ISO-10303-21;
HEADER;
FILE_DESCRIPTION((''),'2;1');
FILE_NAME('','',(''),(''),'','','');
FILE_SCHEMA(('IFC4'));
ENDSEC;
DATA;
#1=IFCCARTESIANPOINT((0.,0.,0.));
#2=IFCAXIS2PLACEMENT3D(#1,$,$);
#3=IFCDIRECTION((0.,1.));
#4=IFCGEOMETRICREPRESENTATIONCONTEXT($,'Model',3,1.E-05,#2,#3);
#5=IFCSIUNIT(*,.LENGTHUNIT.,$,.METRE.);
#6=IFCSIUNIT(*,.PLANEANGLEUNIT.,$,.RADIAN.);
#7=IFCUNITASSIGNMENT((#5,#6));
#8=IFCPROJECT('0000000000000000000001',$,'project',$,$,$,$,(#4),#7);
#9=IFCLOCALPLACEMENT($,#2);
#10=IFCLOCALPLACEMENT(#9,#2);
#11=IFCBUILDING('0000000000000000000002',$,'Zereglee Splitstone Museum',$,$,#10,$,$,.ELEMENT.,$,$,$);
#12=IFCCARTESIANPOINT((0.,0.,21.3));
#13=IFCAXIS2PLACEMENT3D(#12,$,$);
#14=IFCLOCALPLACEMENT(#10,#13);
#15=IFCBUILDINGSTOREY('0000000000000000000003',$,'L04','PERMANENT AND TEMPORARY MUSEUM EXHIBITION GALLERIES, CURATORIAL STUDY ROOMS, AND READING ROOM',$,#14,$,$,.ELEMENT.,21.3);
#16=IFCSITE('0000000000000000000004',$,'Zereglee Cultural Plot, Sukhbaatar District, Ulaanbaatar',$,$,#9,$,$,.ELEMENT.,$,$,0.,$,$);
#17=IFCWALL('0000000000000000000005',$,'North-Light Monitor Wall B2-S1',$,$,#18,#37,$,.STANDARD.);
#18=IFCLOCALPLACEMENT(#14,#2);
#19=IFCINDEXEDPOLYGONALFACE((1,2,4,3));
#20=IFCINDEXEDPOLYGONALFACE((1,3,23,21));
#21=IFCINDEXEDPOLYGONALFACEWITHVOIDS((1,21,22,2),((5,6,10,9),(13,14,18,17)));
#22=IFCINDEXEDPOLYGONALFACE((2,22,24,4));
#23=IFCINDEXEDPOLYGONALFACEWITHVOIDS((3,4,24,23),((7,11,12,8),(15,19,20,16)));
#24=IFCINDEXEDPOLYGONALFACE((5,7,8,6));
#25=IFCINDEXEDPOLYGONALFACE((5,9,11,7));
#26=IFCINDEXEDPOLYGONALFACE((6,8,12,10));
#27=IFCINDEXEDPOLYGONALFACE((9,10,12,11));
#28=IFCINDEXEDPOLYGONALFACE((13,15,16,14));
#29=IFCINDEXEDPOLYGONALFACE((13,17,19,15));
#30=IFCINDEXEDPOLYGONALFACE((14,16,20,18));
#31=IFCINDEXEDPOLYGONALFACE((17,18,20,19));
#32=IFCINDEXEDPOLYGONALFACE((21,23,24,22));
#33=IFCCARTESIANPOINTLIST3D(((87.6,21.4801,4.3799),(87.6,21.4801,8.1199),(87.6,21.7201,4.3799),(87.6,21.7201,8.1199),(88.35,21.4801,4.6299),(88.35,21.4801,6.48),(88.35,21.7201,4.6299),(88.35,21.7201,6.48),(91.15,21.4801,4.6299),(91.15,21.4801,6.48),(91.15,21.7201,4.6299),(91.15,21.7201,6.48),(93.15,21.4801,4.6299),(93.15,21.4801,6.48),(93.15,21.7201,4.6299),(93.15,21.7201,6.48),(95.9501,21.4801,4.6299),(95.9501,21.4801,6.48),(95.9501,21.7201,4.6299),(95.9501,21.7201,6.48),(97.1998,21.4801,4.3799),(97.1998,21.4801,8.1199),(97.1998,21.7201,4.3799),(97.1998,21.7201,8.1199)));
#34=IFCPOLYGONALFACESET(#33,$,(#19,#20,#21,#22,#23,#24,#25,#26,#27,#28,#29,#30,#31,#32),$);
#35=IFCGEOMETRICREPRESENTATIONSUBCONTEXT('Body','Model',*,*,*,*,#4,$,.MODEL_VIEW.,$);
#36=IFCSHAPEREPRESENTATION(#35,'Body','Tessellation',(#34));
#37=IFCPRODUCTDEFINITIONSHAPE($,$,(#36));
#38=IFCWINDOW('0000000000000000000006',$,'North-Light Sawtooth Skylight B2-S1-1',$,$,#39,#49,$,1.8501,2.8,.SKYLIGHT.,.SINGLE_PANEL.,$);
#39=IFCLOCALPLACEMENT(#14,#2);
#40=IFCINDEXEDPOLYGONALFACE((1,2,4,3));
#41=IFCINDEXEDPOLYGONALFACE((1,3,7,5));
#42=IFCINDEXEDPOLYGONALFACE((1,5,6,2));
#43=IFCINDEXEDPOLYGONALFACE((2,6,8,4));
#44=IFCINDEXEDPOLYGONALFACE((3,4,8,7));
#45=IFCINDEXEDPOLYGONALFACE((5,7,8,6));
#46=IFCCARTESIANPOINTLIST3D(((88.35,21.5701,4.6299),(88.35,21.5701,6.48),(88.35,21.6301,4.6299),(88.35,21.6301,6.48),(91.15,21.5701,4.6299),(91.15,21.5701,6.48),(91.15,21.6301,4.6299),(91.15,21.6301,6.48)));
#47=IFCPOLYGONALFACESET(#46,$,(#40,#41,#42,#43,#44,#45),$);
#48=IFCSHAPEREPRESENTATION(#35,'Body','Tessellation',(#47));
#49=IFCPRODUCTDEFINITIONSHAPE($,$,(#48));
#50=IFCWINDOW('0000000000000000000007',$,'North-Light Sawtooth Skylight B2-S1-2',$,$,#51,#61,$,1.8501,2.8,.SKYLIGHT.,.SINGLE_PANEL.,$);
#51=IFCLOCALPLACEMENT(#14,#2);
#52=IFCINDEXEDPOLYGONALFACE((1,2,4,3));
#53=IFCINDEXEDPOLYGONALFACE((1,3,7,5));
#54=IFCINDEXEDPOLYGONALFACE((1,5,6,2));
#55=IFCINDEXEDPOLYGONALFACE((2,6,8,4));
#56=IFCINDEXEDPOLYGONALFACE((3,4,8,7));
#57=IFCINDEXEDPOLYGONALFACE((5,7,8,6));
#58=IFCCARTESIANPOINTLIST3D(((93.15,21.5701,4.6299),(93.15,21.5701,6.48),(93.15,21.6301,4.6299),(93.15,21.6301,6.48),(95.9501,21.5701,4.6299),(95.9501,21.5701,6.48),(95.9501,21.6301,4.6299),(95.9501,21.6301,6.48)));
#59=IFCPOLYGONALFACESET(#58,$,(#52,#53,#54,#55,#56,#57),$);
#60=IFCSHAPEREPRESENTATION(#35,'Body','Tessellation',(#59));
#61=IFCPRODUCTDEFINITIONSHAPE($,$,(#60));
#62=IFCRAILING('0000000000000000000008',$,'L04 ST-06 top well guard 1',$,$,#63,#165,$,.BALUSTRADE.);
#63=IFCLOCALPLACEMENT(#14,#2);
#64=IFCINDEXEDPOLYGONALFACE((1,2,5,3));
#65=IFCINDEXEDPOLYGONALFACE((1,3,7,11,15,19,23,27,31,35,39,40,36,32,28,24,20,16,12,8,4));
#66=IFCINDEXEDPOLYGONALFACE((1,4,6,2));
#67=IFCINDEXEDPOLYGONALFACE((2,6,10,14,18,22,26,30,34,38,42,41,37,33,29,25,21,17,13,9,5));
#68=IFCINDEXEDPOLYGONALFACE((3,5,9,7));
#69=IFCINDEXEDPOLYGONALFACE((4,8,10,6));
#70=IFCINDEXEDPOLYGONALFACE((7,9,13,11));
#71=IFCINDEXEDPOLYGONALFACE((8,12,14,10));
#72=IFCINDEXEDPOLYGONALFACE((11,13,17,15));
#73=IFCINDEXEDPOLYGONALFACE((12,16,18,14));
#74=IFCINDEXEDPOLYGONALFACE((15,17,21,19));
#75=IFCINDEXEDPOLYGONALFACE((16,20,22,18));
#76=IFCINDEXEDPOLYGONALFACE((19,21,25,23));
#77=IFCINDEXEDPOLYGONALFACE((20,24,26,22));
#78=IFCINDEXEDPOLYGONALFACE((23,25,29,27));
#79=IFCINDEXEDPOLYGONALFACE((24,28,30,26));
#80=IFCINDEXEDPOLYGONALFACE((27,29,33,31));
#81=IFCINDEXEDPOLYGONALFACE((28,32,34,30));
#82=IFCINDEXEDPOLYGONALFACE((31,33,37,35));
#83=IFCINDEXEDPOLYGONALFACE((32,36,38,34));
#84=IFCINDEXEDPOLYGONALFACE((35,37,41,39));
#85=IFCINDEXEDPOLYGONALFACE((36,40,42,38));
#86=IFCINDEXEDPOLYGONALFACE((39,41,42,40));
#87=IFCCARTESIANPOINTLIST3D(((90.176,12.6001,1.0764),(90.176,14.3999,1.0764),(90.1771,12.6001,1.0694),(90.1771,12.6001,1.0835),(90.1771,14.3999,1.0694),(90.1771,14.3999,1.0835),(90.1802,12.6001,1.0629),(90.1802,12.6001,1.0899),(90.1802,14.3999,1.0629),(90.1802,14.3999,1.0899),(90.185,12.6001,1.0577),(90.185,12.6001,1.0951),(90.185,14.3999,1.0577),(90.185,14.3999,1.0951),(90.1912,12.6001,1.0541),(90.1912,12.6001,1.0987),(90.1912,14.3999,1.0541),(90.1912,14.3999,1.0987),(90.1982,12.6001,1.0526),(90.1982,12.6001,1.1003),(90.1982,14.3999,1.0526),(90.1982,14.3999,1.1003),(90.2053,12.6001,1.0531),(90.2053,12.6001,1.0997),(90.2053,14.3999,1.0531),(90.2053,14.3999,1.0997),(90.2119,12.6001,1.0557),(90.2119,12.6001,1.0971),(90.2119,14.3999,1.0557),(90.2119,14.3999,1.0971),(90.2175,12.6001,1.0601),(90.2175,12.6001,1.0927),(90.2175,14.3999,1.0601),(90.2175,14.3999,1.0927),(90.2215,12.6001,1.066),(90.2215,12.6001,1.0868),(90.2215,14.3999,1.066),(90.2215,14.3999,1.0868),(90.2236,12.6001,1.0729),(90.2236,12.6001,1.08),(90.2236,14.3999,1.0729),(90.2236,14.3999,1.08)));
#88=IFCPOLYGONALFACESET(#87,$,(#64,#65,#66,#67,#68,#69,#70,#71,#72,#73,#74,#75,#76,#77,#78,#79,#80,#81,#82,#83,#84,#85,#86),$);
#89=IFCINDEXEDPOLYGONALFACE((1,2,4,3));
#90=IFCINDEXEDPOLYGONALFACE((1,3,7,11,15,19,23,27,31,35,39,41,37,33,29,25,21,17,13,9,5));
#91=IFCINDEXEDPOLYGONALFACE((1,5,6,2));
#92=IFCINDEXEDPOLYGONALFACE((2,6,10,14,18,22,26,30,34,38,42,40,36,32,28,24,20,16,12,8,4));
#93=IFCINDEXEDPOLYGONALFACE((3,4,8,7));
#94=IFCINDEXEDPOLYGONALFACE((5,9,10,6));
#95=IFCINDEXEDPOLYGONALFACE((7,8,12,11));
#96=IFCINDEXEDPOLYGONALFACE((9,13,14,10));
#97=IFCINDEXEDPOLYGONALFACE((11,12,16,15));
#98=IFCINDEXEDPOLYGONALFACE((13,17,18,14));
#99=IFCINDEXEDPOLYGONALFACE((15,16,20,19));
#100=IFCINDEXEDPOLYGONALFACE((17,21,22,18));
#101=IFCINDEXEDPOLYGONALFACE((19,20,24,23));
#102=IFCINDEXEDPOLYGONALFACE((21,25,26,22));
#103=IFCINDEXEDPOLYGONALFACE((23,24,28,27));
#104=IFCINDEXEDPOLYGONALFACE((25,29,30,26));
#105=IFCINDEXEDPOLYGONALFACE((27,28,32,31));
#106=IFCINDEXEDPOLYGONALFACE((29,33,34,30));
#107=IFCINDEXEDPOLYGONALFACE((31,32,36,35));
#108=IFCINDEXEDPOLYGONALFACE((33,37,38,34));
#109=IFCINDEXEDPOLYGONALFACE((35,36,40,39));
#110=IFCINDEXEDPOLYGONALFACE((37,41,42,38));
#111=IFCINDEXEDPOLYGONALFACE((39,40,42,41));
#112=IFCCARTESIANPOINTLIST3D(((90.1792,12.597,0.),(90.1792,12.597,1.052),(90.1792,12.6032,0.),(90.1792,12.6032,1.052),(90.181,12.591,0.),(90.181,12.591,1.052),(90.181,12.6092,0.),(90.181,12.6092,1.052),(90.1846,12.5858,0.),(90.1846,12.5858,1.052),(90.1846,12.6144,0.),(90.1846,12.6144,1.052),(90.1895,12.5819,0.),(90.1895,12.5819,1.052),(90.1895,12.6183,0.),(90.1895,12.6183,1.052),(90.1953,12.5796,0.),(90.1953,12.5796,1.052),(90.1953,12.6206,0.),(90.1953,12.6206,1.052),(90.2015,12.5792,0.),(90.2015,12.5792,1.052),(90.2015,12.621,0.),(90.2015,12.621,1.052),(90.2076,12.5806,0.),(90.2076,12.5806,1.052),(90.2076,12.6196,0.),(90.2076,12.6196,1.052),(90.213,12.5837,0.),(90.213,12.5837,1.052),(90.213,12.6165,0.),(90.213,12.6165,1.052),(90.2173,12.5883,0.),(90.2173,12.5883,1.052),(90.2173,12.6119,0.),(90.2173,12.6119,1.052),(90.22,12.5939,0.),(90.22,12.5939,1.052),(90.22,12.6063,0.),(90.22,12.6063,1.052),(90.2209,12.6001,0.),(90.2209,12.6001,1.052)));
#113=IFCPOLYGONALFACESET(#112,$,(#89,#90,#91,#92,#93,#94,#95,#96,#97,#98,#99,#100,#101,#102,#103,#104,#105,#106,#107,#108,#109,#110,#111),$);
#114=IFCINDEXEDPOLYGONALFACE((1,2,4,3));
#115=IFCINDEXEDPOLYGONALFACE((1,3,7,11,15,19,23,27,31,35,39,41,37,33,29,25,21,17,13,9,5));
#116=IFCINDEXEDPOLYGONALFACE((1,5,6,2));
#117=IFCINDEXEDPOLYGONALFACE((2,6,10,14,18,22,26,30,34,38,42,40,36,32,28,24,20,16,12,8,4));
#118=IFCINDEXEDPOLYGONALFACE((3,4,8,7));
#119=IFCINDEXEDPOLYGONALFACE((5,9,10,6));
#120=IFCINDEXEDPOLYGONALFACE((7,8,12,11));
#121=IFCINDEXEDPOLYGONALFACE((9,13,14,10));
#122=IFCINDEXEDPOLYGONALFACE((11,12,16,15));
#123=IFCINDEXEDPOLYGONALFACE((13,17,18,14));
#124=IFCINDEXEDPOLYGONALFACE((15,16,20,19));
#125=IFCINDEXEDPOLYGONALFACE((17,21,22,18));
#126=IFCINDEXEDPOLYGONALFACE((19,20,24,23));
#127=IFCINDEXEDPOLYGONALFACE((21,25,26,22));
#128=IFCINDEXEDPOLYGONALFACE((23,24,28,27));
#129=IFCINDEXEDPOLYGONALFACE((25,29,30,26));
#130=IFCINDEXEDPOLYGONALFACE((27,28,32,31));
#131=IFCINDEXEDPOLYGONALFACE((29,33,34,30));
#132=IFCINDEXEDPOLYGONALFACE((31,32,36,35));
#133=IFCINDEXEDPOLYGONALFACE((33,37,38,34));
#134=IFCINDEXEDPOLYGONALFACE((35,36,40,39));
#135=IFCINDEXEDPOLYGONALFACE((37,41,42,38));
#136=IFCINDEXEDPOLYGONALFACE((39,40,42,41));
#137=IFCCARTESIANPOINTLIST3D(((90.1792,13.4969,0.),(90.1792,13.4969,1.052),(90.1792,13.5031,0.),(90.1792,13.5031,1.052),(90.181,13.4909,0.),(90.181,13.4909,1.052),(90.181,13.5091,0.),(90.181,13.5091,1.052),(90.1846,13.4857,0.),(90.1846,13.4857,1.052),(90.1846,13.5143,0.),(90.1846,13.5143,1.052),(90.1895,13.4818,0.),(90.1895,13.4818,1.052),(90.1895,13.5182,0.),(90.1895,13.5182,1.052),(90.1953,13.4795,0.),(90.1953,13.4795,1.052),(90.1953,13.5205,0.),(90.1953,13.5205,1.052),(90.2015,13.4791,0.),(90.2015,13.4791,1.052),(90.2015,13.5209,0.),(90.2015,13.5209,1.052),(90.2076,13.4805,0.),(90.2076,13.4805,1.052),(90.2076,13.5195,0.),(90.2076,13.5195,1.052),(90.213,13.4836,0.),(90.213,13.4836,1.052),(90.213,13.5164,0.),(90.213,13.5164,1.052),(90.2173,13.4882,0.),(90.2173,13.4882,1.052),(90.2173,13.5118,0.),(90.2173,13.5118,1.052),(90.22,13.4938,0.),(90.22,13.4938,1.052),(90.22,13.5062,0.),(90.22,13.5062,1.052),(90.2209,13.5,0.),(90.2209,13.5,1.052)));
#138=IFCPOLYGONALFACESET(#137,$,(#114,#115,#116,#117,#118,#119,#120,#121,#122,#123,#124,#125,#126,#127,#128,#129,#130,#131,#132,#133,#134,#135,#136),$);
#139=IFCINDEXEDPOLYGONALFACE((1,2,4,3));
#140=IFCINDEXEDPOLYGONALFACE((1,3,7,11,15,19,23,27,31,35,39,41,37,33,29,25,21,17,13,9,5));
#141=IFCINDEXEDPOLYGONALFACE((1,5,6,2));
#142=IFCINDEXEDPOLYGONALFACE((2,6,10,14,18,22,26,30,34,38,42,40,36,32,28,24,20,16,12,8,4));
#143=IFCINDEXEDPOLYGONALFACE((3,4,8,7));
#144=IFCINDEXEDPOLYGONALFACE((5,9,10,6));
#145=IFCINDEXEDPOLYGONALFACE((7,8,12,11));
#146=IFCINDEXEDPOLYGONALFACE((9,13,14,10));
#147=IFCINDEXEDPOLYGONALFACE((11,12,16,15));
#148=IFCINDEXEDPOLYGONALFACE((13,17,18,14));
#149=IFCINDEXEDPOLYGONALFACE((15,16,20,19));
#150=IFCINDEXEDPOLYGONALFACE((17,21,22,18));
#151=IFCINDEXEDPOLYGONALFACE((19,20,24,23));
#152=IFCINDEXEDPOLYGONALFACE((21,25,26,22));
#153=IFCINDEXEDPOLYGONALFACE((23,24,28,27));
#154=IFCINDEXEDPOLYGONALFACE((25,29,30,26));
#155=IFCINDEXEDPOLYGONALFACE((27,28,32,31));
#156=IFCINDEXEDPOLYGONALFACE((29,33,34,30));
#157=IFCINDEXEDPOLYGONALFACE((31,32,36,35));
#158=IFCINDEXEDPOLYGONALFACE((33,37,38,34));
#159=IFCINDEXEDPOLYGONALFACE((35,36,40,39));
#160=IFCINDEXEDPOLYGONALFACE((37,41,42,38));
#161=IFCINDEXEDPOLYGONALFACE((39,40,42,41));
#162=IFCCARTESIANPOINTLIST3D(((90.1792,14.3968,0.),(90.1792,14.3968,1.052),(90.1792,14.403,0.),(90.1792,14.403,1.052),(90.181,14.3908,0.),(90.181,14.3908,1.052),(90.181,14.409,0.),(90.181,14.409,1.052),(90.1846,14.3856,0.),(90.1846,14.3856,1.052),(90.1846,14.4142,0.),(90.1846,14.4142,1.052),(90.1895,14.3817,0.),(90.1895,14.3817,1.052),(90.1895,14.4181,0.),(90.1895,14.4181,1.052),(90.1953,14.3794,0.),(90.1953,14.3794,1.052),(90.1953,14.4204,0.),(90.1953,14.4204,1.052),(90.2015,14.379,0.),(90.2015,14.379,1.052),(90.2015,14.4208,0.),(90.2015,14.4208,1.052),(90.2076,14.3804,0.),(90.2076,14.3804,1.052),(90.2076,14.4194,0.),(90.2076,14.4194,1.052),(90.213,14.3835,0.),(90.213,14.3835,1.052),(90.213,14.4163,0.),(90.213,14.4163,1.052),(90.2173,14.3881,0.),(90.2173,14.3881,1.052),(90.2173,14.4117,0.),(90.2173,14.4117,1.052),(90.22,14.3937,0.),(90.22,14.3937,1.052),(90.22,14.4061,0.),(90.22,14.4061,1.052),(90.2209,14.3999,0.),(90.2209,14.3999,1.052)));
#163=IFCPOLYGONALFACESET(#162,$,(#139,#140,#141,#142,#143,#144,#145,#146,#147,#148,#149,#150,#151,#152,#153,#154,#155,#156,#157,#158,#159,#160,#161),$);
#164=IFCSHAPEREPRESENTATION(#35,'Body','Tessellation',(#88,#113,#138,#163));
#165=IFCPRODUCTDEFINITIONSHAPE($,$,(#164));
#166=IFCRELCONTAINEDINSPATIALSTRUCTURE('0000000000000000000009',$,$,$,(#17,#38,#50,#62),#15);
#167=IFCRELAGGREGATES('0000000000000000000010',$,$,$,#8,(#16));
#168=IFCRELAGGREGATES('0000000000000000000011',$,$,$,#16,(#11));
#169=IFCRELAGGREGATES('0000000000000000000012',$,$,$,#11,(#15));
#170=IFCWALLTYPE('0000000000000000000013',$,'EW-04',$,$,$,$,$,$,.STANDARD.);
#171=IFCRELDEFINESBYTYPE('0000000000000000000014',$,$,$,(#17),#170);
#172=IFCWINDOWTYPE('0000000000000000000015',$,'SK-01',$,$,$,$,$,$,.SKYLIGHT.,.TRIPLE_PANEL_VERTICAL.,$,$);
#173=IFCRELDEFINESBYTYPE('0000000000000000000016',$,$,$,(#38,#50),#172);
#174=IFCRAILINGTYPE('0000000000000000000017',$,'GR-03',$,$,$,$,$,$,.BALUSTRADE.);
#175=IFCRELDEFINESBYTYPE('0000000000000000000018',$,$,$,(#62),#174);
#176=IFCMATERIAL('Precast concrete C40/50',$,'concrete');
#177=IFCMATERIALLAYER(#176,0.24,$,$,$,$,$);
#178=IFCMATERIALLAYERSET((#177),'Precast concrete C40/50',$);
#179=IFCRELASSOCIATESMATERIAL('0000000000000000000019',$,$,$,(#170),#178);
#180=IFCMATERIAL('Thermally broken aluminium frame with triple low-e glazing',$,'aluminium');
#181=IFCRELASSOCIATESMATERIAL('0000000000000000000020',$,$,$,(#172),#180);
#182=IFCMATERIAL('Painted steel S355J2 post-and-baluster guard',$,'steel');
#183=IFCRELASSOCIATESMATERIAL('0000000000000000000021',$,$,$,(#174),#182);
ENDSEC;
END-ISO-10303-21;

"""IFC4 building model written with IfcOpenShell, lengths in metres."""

from ifc_helpers import new_model, si_unit, direction, frame, frame_2d, origin, origin_2d, place, context, subcontext, project, spatial, rectangle, circle, extrude, material, layer, layer_set, type_object, element, fill, save


model = new_model("IFC4")

# Units and contexts
model_context = context("Model", 3, precision=1e-05, world=origin(), true_north=direction((0.0, 1.0)))
body_context = subcontext(model_context, "Body", "Model", "MODEL_VIEW")
ifc_project = project(units=[si_unit("LENGTHUNIT", "METRE"), si_unit("PLANEANGLEUNIT", "RADIAN")], contexts=[model_context])

# Site, building, storey
site_placement = place(None, origin())
site = spatial("IfcSite", under=ifc_project, at=site_placement, Name="Zereglee Cultural Plot, Sukhbaatar District, Ulaanbaatar", CompositionType="ELEMENT", RefElevation=0.0)
building_placement = place(site_placement, origin())
building = spatial("IfcBuilding", under=site, at=building_placement, Name="Zereglee Splitstone Museum", CompositionType="ELEMENT")
storey_placement = place(building_placement, frame((0.0, 0.0, 21.3)))
storey = spatial("IfcBuildingStorey", under=building, at=storey_placement, Name="L04", Description="PERMANENT AND TEMPORARY MUSEUM EXHIBITION GALLERIES, CURATORIAL STUDY ROOMS, AND READING ROOM", CompositionType="ELEMENT", Elevation=21.3)

# Wall, openings, windows
ifc_material_1 = material(Name="Precast concrete C40/50", Category="concrete")
ifc_layer_1 = layer(ifc_material_1, 0.24)
ifc_layer_set_1 = layer_set([ifc_layer_1], Name="Precast concrete C40/50")
wall_type_1 = type_object("IfcWallType", Name="EW-04", PredefinedType="STANDARD", material=ifc_layer_set_1)
wall_1_placement = place(storey_placement, frame((87.6001, 21.6001, 4.3799), z_axis=(0.0, 0.0, 1.0), x_axis=(1.0, 0.0, 0.0)))
wall_1 = element("IfcWall", 1, at=wall_1_placement, inside=storey, type_object=wall_type_1, Name="North-Light Monitor Wall B2-S1", PredefinedType="STANDARD", context=body_context, shape_type="SweptSolid", body=[
    extrude(rectangle(XDim=9.5999, YDim=0.24, at=frame_2d((4.7998, 0.0))), origin(), (0.0, 0.0, 1.0), 3.74),
])
opening_1_placement = place(wall_1_placement, frame((0.75, 0.0, 0.25)))
opening_1 = element("IfcOpeningElement", 2, at=opening_1_placement, cuts=wall_1, PredefinedType="OPENING", context=body_context, shape_type="SweptSolid", body=[
    extrude(rectangle(XDim=2.8, YDim=1.8501, at=frame_2d((1.3999, 0.925))), frame((0.0, 0.1348, 0.0), z_axis=(0.0, -1.0, 0.0), x_axis=(1.0, 0.0, 0.0)), (0.0, 0.0, 1.0), 0.2698),
])
opening_2_placement = place(wall_1_placement, frame((5.55, 0.0, 0.25)))
opening_2 = element("IfcOpeningElement", 3, at=opening_2_placement, cuts=wall_1, PredefinedType="OPENING", context=body_context, shape_type="SweptSolid", body=[
    extrude(rectangle(XDim=2.8, YDim=1.8501, at=frame_2d((1.3999, 0.925))), frame((0.0, 0.1348, 0.0), z_axis=(0.0, -1.0, 0.0), x_axis=(1.0, 0.0, 0.0)), (0.0, 0.0, 1.0), 0.2698),
])
ifc_material_2 = material(Name="Thermally broken aluminium frame with triple low-e glazing", Category="aluminium")
window_type = type_object("IfcWindowType", Name="SK-01", PartitioningType="TRIPLE_PANEL_VERTICAL", PredefinedType="SKYLIGHT", material=ifc_material_2)
window_1_placement = place(opening_1_placement, origin())
window_1 = element("IfcWindow", 4, at=window_1_placement, inside=storey, type_object=window_type, Name="North-Light Sawtooth Skylight B2-S1-1", OverallHeight=1.8501, OverallWidth=2.8, PartitioningType="SINGLE_PANEL", PredefinedType="SKYLIGHT", context=body_context, shape_type="SweptSolid", body=[
    extrude(rectangle(XDim=2.8, YDim=1.8501, at=frame_2d((1.3999, 0.925))), frame((0.0, 0.03, 0.0), z_axis=(0.0, -1.0, 0.0), x_axis=(1.0, 0.0, 0.0)), (0.0, 0.0, 1.0), 0.0601),
])
fill(opening_1, window_1)
window_2_placement = place(opening_2_placement, origin())
window_2 = element("IfcWindow", 5, at=window_2_placement, inside=storey, type_object=window_type, Name="North-Light Sawtooth Skylight B2-S1-2", OverallHeight=1.8501, OverallWidth=2.8, PartitioningType="SINGLE_PANEL", PredefinedType="SKYLIGHT", context=body_context, shape_type="SweptSolid", body=[
    extrude(rectangle(XDim=2.8, YDim=1.8501, at=frame_2d((1.3999, 0.925))), frame((0.0, 0.03, 0.0), z_axis=(0.0, -1.0, 0.0), x_axis=(1.0, 0.0, 0.0)), (0.0, 0.0, 1.0), 0.0601),
])
fill(opening_2, window_2)

# Railing
ifc_material_3 = material(Name="Painted steel S355J2 post-and-baluster guard", Category="steel")
railing_type = type_object("IfcRailingType", Name="GR-03", PredefinedType="BALUSTRADE", material=ifc_material_3)
railing_1_placement = place(storey_placement, frame((90.2, 12.6001, 0.0)))
element("IfcRailing", 6, at=railing_1_placement, inside=storey, type_object=railing_type, Name="L04 ST-06 top well guard 1", PredefinedType="BALUSTRADE", context=body_context, shape_type="SweptSolid", body=[
    extrude(circle(Radius=0.0239, at=origin_2d()), frame((0.0, 0.0, 1.0764), z_axis=(0.0, 1.0, 0.0), x_axis=(-1.0, 0.0, 0.0)), (0.0, 0.0, 1.0), 1.7998),
    extrude(circle(Radius=0.021, at=origin_2d()), origin(), (0.0, 0.0, 1.0), 1.052),
    extrude(circle(Radius=0.021, at=origin_2d()), frame((0.0, 0.8999, 0.0)), (0.0, 0.0, 1.0), 1.052),
    extrude(circle(Radius=0.021, at=origin_2d()), frame((0.0, 1.7998, 0.0)), (0.0, 0.0, 1.0), 1.052),
])

save(model, "model.ifc")
